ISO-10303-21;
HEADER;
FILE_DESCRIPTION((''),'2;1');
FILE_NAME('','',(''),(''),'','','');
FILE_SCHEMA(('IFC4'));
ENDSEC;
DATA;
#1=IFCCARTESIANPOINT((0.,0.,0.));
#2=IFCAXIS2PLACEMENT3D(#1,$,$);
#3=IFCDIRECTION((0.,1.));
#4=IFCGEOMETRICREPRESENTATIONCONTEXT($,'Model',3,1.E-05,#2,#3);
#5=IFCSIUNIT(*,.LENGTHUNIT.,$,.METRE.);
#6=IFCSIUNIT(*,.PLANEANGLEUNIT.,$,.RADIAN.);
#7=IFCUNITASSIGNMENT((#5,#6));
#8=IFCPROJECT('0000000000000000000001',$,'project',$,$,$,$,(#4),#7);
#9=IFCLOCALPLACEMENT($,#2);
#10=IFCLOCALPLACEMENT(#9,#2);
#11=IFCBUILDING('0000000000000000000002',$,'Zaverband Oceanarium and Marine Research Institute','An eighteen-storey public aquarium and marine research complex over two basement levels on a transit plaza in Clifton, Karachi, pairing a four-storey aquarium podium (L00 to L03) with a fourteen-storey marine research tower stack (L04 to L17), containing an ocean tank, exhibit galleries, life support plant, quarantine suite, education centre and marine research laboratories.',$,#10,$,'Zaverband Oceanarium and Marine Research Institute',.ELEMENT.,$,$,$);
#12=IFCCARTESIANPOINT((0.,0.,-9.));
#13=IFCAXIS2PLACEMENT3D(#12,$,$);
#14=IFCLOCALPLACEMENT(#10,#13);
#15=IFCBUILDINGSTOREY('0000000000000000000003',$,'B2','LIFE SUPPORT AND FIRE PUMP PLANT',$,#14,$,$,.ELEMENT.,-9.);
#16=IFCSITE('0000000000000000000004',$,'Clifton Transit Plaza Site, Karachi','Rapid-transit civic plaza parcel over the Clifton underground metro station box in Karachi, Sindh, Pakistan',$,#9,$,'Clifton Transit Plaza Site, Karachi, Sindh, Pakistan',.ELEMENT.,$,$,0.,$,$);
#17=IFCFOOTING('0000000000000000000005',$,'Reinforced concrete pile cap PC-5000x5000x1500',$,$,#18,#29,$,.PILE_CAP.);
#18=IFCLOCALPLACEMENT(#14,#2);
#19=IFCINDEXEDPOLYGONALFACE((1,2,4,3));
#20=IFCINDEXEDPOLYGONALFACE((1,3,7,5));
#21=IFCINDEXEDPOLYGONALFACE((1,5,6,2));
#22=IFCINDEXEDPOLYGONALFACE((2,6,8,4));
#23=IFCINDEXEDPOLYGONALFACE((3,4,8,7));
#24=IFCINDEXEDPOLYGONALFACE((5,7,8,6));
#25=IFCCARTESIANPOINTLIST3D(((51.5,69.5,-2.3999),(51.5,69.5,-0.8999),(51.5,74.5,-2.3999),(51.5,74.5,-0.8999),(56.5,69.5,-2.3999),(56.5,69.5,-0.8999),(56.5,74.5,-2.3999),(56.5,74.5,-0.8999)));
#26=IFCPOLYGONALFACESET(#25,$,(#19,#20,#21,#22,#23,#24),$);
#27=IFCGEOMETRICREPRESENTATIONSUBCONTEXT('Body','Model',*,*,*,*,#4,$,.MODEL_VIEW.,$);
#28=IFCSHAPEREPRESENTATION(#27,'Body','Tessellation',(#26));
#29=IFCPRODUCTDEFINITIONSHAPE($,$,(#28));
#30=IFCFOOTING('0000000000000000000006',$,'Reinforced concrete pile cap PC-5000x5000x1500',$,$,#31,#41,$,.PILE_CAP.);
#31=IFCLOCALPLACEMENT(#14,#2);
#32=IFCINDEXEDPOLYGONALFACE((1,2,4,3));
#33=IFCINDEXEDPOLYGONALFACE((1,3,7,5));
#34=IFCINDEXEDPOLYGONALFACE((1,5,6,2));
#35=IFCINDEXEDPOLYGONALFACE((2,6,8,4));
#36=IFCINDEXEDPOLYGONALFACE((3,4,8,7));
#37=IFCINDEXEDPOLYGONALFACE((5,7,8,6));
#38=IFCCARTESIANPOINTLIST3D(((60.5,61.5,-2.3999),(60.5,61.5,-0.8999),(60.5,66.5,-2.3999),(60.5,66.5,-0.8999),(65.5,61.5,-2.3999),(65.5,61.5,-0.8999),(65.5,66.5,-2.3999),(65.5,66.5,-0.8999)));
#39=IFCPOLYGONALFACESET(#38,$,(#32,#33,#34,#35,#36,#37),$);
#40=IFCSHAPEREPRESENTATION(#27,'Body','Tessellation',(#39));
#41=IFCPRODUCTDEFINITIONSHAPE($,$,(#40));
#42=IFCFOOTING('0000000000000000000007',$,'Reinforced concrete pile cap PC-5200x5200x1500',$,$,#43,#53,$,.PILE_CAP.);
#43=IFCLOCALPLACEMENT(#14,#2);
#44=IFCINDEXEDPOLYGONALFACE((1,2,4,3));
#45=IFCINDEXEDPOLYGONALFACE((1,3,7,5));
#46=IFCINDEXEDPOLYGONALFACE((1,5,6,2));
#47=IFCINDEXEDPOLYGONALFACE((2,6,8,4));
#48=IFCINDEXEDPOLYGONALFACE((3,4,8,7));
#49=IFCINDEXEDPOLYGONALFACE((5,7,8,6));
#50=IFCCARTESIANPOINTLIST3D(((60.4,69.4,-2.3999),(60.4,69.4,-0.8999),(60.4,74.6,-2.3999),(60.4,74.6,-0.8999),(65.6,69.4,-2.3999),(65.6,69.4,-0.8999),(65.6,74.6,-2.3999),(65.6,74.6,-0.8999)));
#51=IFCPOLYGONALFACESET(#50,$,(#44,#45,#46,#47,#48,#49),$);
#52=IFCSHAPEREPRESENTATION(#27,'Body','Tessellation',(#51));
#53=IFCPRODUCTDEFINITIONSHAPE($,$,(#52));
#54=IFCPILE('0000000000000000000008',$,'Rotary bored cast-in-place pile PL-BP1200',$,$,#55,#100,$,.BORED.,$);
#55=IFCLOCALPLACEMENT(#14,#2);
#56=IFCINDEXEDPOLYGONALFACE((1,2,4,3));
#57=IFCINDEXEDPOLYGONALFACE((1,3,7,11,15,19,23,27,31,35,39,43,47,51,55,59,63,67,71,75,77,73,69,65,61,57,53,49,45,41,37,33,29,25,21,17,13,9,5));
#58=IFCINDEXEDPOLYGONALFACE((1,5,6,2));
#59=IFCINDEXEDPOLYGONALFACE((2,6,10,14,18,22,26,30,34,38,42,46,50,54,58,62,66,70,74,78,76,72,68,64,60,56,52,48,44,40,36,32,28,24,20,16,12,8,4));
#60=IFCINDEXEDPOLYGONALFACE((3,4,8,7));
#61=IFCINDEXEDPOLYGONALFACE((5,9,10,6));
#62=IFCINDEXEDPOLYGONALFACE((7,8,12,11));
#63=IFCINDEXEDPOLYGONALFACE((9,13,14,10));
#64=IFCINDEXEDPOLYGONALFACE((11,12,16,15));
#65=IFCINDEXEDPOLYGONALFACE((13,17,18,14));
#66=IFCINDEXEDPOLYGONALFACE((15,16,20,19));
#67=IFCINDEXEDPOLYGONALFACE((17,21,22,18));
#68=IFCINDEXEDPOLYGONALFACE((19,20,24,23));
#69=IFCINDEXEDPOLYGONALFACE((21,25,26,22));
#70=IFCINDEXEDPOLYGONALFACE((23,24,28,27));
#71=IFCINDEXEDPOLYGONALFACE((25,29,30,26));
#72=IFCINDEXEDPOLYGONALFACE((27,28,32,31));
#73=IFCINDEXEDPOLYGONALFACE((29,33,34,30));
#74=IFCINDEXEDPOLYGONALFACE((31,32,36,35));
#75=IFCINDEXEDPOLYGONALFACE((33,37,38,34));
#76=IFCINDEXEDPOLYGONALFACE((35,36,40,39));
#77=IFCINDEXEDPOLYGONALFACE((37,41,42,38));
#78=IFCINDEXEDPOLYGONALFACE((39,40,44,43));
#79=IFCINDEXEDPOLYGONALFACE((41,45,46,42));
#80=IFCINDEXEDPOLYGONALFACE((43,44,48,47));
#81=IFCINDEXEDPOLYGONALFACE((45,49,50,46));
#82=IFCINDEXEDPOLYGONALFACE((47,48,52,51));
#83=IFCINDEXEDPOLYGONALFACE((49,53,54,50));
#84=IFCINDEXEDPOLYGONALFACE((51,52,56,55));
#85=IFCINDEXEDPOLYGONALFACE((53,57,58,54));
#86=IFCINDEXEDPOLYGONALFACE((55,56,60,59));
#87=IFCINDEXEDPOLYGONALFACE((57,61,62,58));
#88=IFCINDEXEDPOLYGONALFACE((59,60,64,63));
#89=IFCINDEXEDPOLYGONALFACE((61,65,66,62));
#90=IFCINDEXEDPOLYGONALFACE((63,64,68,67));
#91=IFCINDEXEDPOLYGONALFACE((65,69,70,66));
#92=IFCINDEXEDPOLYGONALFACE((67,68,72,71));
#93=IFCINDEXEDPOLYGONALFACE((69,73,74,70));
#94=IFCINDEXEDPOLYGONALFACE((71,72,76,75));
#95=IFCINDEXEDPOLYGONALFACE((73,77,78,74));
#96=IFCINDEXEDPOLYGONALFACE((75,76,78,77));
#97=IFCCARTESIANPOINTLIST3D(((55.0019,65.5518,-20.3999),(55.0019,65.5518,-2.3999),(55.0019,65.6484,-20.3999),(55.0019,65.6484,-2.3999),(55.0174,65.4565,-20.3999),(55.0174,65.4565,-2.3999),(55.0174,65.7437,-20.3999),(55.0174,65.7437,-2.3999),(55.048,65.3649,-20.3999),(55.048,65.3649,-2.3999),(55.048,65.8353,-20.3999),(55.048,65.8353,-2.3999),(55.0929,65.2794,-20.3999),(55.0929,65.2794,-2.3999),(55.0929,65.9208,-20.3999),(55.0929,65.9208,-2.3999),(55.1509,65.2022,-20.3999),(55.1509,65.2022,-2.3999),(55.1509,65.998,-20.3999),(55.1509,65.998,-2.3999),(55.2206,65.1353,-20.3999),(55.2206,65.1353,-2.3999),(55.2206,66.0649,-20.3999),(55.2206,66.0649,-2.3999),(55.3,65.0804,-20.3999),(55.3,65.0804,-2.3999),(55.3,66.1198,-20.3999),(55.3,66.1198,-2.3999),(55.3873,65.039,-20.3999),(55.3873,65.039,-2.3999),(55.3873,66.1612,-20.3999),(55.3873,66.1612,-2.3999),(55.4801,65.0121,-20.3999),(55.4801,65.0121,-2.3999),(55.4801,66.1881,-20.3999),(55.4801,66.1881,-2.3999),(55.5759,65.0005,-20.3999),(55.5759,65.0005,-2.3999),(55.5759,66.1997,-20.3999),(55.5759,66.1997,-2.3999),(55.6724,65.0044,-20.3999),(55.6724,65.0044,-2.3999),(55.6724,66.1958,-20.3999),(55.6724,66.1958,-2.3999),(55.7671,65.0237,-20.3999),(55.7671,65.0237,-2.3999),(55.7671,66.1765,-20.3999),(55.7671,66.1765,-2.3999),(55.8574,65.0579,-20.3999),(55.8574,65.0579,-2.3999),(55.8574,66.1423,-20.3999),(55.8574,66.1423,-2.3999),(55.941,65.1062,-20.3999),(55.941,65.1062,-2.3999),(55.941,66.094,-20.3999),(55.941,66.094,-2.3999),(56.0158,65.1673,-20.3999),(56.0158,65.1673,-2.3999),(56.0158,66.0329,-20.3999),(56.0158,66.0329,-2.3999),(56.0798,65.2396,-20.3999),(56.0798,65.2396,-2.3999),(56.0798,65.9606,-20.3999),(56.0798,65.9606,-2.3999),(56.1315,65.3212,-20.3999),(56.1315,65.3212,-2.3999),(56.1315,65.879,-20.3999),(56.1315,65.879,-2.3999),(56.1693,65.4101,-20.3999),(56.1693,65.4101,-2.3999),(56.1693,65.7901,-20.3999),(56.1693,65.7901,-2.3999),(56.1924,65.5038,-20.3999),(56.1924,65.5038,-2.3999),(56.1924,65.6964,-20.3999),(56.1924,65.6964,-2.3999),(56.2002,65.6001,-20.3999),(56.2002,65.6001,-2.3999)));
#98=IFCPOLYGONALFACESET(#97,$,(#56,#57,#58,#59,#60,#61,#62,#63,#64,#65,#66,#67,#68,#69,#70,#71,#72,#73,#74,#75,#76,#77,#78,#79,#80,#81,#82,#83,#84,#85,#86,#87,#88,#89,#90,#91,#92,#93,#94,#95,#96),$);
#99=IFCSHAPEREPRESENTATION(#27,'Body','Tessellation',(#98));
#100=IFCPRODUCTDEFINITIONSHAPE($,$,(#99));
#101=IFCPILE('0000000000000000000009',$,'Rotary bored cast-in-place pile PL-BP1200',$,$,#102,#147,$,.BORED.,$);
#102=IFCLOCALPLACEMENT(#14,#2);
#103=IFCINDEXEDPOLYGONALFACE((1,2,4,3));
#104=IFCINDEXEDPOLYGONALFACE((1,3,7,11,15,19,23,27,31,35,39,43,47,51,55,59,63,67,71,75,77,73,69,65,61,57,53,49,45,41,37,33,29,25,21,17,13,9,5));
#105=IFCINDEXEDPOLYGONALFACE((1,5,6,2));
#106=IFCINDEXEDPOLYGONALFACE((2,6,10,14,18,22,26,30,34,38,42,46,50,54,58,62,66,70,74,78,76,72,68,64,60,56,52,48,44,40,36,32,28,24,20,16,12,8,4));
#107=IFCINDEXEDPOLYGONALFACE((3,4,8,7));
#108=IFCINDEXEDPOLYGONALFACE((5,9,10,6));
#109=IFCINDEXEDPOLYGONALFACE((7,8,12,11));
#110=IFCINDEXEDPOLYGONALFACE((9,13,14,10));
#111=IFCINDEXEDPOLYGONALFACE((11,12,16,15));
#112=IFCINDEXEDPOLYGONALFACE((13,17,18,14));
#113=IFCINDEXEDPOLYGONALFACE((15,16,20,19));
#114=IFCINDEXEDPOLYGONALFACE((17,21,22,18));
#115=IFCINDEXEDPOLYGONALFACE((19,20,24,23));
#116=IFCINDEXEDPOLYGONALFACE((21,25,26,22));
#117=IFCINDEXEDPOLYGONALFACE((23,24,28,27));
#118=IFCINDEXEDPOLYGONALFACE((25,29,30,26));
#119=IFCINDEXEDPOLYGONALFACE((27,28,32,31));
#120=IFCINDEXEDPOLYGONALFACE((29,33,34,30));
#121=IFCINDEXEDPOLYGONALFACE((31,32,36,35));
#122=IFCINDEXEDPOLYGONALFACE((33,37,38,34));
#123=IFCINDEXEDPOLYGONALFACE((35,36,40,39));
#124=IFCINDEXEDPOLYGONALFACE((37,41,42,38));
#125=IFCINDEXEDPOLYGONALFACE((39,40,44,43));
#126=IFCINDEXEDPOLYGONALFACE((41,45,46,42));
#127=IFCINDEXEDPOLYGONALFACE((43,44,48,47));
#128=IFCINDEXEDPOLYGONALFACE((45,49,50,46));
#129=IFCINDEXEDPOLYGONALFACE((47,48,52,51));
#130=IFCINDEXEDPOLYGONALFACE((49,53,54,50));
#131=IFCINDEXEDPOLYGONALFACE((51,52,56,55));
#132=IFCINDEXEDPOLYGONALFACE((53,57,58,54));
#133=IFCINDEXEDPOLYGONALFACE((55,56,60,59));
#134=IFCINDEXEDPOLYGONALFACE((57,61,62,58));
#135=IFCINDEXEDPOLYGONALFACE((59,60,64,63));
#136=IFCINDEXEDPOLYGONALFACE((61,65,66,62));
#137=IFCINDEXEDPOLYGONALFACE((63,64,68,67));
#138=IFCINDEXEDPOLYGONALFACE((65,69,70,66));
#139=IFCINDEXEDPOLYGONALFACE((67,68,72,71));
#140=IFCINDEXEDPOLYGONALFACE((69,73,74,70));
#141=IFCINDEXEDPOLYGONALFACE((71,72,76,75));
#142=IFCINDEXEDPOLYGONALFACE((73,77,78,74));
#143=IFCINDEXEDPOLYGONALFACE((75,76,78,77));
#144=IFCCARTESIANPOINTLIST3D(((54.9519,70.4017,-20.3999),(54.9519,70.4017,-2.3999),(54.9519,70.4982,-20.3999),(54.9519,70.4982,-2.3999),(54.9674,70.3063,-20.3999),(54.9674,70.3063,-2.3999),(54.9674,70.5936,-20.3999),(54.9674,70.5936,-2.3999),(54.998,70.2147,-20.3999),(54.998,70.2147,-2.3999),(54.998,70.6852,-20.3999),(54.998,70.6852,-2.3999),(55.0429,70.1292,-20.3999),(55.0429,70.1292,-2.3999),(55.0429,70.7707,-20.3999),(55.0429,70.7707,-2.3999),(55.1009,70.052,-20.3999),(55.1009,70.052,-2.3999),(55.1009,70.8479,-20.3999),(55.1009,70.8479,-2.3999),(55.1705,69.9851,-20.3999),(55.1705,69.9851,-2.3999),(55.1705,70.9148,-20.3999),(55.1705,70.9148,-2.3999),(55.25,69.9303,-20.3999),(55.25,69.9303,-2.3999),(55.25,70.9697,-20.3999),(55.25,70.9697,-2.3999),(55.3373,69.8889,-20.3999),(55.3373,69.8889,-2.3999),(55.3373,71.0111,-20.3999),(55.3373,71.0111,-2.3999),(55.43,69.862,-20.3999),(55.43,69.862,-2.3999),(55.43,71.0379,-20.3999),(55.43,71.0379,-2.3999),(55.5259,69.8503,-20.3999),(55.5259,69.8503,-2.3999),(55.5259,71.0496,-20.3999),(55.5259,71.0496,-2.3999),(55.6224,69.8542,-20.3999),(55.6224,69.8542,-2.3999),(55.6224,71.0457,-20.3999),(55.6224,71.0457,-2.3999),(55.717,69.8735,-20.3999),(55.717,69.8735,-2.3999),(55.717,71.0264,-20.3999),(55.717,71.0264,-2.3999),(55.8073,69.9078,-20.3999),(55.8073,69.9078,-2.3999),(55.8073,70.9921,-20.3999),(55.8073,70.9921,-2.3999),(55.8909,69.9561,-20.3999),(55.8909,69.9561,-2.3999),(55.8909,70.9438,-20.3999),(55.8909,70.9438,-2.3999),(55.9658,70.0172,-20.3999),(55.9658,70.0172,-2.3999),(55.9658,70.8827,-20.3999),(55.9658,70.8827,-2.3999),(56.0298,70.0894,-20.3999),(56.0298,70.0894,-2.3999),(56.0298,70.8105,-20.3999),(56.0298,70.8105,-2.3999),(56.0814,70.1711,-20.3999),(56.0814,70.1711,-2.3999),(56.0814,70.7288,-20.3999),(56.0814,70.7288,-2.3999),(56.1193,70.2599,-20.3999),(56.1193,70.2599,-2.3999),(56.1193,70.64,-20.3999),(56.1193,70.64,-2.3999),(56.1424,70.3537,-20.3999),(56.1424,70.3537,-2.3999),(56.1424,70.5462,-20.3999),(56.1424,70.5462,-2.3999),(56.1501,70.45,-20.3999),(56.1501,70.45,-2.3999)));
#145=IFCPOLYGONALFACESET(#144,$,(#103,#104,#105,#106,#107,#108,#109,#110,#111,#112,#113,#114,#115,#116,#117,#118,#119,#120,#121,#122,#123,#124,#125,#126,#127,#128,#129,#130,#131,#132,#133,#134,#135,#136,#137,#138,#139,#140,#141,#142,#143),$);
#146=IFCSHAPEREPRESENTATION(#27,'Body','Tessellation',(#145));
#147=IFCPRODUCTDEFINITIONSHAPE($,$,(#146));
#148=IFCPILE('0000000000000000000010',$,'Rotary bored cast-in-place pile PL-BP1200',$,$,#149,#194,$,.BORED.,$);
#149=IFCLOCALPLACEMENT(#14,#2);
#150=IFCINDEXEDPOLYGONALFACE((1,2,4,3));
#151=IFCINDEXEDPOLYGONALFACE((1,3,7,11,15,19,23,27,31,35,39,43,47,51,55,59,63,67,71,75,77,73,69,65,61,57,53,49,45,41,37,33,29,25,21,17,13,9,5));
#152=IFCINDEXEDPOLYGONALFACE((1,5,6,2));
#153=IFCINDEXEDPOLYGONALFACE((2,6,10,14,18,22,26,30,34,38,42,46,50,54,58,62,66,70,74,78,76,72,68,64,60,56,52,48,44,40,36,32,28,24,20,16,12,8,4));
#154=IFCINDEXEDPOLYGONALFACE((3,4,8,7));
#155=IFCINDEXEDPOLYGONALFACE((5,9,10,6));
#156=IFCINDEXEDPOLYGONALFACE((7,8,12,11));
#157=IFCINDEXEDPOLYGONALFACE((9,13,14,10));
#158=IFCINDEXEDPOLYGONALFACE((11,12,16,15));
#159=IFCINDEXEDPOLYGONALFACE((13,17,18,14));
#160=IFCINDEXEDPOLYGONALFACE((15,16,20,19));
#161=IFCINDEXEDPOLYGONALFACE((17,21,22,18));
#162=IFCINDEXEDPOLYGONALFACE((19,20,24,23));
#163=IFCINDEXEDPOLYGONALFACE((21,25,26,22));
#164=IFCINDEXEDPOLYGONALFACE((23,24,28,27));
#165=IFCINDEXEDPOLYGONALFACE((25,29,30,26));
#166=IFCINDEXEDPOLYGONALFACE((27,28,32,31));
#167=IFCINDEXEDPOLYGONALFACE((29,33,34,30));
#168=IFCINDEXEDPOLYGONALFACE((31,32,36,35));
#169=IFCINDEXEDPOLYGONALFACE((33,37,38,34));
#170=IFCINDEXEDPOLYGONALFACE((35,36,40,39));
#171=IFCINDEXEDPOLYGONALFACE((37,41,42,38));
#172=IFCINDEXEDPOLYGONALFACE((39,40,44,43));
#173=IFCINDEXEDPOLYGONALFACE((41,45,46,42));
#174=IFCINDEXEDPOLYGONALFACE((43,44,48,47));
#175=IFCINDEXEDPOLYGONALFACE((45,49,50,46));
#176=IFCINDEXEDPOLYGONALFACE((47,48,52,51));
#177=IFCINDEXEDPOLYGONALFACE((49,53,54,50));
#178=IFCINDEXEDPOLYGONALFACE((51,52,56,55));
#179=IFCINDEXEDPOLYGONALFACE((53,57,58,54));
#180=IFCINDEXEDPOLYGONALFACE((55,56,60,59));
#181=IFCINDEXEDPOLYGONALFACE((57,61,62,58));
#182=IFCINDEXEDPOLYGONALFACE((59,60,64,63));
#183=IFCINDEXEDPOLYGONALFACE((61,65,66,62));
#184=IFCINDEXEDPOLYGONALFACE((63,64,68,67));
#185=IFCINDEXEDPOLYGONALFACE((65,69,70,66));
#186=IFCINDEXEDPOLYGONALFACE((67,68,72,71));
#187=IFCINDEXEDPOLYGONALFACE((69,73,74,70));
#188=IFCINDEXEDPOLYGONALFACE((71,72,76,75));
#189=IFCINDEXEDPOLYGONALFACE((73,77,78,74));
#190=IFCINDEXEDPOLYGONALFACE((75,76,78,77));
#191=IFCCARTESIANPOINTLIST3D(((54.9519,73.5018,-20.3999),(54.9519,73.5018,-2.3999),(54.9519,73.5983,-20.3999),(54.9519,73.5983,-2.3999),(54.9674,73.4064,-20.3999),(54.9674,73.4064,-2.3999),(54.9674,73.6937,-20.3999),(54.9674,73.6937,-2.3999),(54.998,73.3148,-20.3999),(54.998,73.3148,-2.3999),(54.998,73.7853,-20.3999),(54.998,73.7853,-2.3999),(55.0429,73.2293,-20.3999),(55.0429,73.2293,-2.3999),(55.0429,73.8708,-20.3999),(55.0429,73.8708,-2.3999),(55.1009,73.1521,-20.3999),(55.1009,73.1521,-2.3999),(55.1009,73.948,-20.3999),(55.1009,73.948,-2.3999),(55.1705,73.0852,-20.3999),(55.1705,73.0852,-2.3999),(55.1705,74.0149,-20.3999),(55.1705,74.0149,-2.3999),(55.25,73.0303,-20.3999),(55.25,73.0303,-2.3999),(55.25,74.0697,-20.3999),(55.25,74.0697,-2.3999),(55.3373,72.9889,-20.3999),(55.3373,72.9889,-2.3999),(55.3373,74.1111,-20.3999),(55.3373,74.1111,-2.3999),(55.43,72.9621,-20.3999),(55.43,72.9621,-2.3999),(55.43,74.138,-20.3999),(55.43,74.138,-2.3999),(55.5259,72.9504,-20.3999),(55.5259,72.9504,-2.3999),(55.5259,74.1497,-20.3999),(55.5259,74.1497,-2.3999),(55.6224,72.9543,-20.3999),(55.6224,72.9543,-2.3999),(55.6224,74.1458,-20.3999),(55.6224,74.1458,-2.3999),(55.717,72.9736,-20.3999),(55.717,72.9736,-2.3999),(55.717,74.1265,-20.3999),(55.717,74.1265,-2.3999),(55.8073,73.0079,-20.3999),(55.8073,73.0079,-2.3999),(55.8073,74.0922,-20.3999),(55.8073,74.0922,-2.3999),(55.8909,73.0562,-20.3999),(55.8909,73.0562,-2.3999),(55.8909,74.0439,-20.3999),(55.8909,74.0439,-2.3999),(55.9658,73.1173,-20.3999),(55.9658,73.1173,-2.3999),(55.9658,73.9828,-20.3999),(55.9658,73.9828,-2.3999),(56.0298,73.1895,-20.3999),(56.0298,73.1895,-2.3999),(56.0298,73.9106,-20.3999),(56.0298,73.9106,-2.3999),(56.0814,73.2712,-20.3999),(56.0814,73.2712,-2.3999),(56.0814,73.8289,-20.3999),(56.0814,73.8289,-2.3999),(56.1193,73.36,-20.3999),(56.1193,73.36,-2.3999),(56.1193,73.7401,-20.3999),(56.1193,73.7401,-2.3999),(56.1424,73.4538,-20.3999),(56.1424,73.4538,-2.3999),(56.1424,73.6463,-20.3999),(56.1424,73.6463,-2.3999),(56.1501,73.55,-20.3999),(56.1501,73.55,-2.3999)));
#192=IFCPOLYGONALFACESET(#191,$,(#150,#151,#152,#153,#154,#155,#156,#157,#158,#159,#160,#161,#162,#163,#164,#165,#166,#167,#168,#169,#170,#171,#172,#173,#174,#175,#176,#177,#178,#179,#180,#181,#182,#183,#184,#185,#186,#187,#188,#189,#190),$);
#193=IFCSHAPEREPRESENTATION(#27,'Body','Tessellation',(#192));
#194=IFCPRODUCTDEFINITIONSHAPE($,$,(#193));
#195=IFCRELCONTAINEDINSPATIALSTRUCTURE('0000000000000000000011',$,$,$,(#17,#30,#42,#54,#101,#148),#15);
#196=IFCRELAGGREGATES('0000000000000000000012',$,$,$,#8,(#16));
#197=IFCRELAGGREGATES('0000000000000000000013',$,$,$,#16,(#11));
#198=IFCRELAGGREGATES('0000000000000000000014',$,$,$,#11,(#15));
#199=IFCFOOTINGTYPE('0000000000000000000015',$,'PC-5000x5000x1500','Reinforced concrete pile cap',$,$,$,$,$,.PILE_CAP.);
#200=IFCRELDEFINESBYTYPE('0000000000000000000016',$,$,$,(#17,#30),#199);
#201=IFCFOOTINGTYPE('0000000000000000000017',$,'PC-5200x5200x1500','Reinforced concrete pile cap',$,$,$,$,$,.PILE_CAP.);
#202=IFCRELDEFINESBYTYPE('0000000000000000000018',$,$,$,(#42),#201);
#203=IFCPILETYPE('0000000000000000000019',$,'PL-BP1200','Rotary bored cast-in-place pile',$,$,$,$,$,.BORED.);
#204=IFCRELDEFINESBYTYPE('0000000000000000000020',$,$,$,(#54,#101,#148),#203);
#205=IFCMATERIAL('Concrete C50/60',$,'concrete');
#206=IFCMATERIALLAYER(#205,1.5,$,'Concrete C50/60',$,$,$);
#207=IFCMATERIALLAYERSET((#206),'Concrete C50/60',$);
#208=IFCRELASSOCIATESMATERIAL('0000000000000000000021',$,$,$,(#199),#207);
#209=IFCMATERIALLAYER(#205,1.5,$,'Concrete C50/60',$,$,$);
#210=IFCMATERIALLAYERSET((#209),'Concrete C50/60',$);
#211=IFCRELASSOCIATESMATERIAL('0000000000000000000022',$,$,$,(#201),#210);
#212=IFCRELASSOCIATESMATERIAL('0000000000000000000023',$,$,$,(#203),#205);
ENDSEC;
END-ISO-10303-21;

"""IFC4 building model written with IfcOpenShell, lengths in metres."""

from ifc_helpers import new_model, si_unit, direction, frame, origin, origin_2d, place, context, subcontext, project, spatial, rectangle, circle, extrude, material, layer, layer_set, material_profile, profile_set, type_object, element, save


model = new_model("IFC4")

# Units and contexts
model_context = context("Model", 3, precision=1e-05, world=origin(), true_north=direction((0.0, 1.0)))
body_context = subcontext(model_context, "Body", "Model", "MODEL_VIEW")
ifc_project = project(units=[si_unit("LENGTHUNIT", "METRE"), si_unit("PLANEANGLEUNIT", "RADIAN")], contexts=[model_context])

# Site, building, storey
site_placement = place(None, origin())
site = spatial("IfcSite", under=ifc_project, at=site_placement, Name="Clifton Transit Plaza Site, Karachi", Description="Rapid-transit civic plaza parcel over the Clifton underground metro station box in Karachi, Sindh, Pakistan", LongName="Clifton Transit Plaza Site, Karachi, Sindh, Pakistan", CompositionType="ELEMENT", RefElevation=0.0)
building_placement = place(site_placement, origin())
building = spatial("IfcBuilding", under=site, at=building_placement, Name="Zaverband Oceanarium and Marine Research Institute", Description="An eighteen-storey public aquarium and marine research complex over two basement levels on a transit plaza in Clifton, Karachi, pairing a four-storey aquarium podium (L00 to L03) with a fourteen-storey marine research tower stack (L04 to L17), containing an ocean tank, exhibit galleries, life support plant, quarantine suite, education centre and marine research laboratories.", LongName="Zaverband Oceanarium and Marine Research Institute", CompositionType="ELEMENT")
storey_placement = place(building_placement, frame((0.0, 0.0, -9.0)))
storey = spatial("IfcBuildingStorey", under=building, at=storey_placement, Name="B2", Description="LIFE SUPPORT AND FIRE PUMP PLANT", CompositionType="ELEMENT", Elevation=-9.0)

# Footings
ifc_material_1 = material(Name="Concrete C50/60", Category="concrete")
ifc_layer_1 = layer(ifc_material_1, 1.5, Name="Concrete C50/60")
ifc_layer_set_1 = layer_set([ifc_layer_1], Name="Concrete C50/60")
footing_type_1 = type_object("IfcFootingType", Name="PC-5000x5000x1500", Description="Reinforced concrete pile cap", PredefinedType="PILE_CAP", material=ifc_layer_set_1)
for number, where, z_axis, x_axis, name in (
    (1, (54.0, 72.0, -2.3999), (0.0, 0.0, 1.0), (1.0, 0.0, 0.0), "Reinforced concrete pile cap PC-5000x5000x1500"),
    (2, (63.0, 64.0, -2.3999), (0.0, 0.0, 1.0), (1.0, 0.0, 0.0), "Reinforced concrete pile cap PC-5000x5000x1500"),
):
    element("IfcFooting", number, at=place(storey_placement, frame(where, z_axis=z_axis, x_axis=x_axis)), inside=storey, type_object=footing_type_1, Name=name, PredefinedType="PILE_CAP", context=body_context, shape_type="SweptSolid", body=[
        extrude(rectangle(XDim=5.0, YDim=5.0, at=origin_2d()), origin(), (0.0, 0.0, 1.0), 1.5),
    ])
ifc_layer_2 = layer(ifc_material_1, 1.5, Name="Concrete C50/60")
ifc_layer_set_2 = layer_set([ifc_layer_2], Name="Concrete C50/60")
footing_type_2 = type_object("IfcFootingType", Name="PC-5200x5200x1500", Description="Reinforced concrete pile cap", PredefinedType="PILE_CAP", material=ifc_layer_set_2)
footing_placement = place(storey_placement, frame((63.0, 72.0, -2.3999), z_axis=(0.0, 0.0, 1.0), x_axis=(1.0, 0.0, 0.0)))
element("IfcFooting", 3, at=footing_placement, inside=storey, type_object=footing_type_2, Name="Reinforced concrete pile cap PC-5200x5200x1500", PredefinedType="PILE_CAP", context=body_context, shape_type="SweptSolid", body=[
    extrude(rectangle(XDim=5.2, YDim=5.2, at=origin_2d()), origin(), (0.0, 0.0, 1.0), 1.5),
])

# Piles
ifc_material_profile_1 = material_profile(ifc_material_1, circle(Radius=0.6001, at=origin_2d()), Name="BP1200")
ifc_profile_set_1 = profile_set([ifc_material_profile_1], Name="Concrete C50/60")
pile_type = type_object("IfcPileType", Name="PL-BP1200", Description="Rotary bored cast-in-place pile", PredefinedType="BORED", material=ifc_profile_set_1)
for number, where, z_axis, x_axis, name in (
    (4, (55.6001, 65.6001, -2.3999), (0.0, 0.0, -1.0), (1.0, 0.0, 0.0), "Rotary bored cast-in-place pile PL-BP1200"),
    (5, (55.55, 70.45, -2.3999), (0.0, 0.0, -1.0), (1.0, 0.0, 0.0), "Rotary bored cast-in-place pile PL-BP1200"),
    (6, (55.55, 73.55, -2.3999), (0.0, 0.0, -1.0), (1.0, 0.0, 0.0), "Rotary bored cast-in-place pile PL-BP1200"),
):
    element("IfcPile", number, at=place(storey_placement, frame(where, z_axis=z_axis, x_axis=x_axis)), inside=storey, type_object=pile_type, Name=name, PredefinedType="BORED", context=body_context, shape_type="SweptSolid", body=[
        extrude(circle(Radius=0.6001, at=origin_2d()), origin(), (0.0, 0.0, 1.0), 18.0),
    ])

save(model, "model.ifc")
